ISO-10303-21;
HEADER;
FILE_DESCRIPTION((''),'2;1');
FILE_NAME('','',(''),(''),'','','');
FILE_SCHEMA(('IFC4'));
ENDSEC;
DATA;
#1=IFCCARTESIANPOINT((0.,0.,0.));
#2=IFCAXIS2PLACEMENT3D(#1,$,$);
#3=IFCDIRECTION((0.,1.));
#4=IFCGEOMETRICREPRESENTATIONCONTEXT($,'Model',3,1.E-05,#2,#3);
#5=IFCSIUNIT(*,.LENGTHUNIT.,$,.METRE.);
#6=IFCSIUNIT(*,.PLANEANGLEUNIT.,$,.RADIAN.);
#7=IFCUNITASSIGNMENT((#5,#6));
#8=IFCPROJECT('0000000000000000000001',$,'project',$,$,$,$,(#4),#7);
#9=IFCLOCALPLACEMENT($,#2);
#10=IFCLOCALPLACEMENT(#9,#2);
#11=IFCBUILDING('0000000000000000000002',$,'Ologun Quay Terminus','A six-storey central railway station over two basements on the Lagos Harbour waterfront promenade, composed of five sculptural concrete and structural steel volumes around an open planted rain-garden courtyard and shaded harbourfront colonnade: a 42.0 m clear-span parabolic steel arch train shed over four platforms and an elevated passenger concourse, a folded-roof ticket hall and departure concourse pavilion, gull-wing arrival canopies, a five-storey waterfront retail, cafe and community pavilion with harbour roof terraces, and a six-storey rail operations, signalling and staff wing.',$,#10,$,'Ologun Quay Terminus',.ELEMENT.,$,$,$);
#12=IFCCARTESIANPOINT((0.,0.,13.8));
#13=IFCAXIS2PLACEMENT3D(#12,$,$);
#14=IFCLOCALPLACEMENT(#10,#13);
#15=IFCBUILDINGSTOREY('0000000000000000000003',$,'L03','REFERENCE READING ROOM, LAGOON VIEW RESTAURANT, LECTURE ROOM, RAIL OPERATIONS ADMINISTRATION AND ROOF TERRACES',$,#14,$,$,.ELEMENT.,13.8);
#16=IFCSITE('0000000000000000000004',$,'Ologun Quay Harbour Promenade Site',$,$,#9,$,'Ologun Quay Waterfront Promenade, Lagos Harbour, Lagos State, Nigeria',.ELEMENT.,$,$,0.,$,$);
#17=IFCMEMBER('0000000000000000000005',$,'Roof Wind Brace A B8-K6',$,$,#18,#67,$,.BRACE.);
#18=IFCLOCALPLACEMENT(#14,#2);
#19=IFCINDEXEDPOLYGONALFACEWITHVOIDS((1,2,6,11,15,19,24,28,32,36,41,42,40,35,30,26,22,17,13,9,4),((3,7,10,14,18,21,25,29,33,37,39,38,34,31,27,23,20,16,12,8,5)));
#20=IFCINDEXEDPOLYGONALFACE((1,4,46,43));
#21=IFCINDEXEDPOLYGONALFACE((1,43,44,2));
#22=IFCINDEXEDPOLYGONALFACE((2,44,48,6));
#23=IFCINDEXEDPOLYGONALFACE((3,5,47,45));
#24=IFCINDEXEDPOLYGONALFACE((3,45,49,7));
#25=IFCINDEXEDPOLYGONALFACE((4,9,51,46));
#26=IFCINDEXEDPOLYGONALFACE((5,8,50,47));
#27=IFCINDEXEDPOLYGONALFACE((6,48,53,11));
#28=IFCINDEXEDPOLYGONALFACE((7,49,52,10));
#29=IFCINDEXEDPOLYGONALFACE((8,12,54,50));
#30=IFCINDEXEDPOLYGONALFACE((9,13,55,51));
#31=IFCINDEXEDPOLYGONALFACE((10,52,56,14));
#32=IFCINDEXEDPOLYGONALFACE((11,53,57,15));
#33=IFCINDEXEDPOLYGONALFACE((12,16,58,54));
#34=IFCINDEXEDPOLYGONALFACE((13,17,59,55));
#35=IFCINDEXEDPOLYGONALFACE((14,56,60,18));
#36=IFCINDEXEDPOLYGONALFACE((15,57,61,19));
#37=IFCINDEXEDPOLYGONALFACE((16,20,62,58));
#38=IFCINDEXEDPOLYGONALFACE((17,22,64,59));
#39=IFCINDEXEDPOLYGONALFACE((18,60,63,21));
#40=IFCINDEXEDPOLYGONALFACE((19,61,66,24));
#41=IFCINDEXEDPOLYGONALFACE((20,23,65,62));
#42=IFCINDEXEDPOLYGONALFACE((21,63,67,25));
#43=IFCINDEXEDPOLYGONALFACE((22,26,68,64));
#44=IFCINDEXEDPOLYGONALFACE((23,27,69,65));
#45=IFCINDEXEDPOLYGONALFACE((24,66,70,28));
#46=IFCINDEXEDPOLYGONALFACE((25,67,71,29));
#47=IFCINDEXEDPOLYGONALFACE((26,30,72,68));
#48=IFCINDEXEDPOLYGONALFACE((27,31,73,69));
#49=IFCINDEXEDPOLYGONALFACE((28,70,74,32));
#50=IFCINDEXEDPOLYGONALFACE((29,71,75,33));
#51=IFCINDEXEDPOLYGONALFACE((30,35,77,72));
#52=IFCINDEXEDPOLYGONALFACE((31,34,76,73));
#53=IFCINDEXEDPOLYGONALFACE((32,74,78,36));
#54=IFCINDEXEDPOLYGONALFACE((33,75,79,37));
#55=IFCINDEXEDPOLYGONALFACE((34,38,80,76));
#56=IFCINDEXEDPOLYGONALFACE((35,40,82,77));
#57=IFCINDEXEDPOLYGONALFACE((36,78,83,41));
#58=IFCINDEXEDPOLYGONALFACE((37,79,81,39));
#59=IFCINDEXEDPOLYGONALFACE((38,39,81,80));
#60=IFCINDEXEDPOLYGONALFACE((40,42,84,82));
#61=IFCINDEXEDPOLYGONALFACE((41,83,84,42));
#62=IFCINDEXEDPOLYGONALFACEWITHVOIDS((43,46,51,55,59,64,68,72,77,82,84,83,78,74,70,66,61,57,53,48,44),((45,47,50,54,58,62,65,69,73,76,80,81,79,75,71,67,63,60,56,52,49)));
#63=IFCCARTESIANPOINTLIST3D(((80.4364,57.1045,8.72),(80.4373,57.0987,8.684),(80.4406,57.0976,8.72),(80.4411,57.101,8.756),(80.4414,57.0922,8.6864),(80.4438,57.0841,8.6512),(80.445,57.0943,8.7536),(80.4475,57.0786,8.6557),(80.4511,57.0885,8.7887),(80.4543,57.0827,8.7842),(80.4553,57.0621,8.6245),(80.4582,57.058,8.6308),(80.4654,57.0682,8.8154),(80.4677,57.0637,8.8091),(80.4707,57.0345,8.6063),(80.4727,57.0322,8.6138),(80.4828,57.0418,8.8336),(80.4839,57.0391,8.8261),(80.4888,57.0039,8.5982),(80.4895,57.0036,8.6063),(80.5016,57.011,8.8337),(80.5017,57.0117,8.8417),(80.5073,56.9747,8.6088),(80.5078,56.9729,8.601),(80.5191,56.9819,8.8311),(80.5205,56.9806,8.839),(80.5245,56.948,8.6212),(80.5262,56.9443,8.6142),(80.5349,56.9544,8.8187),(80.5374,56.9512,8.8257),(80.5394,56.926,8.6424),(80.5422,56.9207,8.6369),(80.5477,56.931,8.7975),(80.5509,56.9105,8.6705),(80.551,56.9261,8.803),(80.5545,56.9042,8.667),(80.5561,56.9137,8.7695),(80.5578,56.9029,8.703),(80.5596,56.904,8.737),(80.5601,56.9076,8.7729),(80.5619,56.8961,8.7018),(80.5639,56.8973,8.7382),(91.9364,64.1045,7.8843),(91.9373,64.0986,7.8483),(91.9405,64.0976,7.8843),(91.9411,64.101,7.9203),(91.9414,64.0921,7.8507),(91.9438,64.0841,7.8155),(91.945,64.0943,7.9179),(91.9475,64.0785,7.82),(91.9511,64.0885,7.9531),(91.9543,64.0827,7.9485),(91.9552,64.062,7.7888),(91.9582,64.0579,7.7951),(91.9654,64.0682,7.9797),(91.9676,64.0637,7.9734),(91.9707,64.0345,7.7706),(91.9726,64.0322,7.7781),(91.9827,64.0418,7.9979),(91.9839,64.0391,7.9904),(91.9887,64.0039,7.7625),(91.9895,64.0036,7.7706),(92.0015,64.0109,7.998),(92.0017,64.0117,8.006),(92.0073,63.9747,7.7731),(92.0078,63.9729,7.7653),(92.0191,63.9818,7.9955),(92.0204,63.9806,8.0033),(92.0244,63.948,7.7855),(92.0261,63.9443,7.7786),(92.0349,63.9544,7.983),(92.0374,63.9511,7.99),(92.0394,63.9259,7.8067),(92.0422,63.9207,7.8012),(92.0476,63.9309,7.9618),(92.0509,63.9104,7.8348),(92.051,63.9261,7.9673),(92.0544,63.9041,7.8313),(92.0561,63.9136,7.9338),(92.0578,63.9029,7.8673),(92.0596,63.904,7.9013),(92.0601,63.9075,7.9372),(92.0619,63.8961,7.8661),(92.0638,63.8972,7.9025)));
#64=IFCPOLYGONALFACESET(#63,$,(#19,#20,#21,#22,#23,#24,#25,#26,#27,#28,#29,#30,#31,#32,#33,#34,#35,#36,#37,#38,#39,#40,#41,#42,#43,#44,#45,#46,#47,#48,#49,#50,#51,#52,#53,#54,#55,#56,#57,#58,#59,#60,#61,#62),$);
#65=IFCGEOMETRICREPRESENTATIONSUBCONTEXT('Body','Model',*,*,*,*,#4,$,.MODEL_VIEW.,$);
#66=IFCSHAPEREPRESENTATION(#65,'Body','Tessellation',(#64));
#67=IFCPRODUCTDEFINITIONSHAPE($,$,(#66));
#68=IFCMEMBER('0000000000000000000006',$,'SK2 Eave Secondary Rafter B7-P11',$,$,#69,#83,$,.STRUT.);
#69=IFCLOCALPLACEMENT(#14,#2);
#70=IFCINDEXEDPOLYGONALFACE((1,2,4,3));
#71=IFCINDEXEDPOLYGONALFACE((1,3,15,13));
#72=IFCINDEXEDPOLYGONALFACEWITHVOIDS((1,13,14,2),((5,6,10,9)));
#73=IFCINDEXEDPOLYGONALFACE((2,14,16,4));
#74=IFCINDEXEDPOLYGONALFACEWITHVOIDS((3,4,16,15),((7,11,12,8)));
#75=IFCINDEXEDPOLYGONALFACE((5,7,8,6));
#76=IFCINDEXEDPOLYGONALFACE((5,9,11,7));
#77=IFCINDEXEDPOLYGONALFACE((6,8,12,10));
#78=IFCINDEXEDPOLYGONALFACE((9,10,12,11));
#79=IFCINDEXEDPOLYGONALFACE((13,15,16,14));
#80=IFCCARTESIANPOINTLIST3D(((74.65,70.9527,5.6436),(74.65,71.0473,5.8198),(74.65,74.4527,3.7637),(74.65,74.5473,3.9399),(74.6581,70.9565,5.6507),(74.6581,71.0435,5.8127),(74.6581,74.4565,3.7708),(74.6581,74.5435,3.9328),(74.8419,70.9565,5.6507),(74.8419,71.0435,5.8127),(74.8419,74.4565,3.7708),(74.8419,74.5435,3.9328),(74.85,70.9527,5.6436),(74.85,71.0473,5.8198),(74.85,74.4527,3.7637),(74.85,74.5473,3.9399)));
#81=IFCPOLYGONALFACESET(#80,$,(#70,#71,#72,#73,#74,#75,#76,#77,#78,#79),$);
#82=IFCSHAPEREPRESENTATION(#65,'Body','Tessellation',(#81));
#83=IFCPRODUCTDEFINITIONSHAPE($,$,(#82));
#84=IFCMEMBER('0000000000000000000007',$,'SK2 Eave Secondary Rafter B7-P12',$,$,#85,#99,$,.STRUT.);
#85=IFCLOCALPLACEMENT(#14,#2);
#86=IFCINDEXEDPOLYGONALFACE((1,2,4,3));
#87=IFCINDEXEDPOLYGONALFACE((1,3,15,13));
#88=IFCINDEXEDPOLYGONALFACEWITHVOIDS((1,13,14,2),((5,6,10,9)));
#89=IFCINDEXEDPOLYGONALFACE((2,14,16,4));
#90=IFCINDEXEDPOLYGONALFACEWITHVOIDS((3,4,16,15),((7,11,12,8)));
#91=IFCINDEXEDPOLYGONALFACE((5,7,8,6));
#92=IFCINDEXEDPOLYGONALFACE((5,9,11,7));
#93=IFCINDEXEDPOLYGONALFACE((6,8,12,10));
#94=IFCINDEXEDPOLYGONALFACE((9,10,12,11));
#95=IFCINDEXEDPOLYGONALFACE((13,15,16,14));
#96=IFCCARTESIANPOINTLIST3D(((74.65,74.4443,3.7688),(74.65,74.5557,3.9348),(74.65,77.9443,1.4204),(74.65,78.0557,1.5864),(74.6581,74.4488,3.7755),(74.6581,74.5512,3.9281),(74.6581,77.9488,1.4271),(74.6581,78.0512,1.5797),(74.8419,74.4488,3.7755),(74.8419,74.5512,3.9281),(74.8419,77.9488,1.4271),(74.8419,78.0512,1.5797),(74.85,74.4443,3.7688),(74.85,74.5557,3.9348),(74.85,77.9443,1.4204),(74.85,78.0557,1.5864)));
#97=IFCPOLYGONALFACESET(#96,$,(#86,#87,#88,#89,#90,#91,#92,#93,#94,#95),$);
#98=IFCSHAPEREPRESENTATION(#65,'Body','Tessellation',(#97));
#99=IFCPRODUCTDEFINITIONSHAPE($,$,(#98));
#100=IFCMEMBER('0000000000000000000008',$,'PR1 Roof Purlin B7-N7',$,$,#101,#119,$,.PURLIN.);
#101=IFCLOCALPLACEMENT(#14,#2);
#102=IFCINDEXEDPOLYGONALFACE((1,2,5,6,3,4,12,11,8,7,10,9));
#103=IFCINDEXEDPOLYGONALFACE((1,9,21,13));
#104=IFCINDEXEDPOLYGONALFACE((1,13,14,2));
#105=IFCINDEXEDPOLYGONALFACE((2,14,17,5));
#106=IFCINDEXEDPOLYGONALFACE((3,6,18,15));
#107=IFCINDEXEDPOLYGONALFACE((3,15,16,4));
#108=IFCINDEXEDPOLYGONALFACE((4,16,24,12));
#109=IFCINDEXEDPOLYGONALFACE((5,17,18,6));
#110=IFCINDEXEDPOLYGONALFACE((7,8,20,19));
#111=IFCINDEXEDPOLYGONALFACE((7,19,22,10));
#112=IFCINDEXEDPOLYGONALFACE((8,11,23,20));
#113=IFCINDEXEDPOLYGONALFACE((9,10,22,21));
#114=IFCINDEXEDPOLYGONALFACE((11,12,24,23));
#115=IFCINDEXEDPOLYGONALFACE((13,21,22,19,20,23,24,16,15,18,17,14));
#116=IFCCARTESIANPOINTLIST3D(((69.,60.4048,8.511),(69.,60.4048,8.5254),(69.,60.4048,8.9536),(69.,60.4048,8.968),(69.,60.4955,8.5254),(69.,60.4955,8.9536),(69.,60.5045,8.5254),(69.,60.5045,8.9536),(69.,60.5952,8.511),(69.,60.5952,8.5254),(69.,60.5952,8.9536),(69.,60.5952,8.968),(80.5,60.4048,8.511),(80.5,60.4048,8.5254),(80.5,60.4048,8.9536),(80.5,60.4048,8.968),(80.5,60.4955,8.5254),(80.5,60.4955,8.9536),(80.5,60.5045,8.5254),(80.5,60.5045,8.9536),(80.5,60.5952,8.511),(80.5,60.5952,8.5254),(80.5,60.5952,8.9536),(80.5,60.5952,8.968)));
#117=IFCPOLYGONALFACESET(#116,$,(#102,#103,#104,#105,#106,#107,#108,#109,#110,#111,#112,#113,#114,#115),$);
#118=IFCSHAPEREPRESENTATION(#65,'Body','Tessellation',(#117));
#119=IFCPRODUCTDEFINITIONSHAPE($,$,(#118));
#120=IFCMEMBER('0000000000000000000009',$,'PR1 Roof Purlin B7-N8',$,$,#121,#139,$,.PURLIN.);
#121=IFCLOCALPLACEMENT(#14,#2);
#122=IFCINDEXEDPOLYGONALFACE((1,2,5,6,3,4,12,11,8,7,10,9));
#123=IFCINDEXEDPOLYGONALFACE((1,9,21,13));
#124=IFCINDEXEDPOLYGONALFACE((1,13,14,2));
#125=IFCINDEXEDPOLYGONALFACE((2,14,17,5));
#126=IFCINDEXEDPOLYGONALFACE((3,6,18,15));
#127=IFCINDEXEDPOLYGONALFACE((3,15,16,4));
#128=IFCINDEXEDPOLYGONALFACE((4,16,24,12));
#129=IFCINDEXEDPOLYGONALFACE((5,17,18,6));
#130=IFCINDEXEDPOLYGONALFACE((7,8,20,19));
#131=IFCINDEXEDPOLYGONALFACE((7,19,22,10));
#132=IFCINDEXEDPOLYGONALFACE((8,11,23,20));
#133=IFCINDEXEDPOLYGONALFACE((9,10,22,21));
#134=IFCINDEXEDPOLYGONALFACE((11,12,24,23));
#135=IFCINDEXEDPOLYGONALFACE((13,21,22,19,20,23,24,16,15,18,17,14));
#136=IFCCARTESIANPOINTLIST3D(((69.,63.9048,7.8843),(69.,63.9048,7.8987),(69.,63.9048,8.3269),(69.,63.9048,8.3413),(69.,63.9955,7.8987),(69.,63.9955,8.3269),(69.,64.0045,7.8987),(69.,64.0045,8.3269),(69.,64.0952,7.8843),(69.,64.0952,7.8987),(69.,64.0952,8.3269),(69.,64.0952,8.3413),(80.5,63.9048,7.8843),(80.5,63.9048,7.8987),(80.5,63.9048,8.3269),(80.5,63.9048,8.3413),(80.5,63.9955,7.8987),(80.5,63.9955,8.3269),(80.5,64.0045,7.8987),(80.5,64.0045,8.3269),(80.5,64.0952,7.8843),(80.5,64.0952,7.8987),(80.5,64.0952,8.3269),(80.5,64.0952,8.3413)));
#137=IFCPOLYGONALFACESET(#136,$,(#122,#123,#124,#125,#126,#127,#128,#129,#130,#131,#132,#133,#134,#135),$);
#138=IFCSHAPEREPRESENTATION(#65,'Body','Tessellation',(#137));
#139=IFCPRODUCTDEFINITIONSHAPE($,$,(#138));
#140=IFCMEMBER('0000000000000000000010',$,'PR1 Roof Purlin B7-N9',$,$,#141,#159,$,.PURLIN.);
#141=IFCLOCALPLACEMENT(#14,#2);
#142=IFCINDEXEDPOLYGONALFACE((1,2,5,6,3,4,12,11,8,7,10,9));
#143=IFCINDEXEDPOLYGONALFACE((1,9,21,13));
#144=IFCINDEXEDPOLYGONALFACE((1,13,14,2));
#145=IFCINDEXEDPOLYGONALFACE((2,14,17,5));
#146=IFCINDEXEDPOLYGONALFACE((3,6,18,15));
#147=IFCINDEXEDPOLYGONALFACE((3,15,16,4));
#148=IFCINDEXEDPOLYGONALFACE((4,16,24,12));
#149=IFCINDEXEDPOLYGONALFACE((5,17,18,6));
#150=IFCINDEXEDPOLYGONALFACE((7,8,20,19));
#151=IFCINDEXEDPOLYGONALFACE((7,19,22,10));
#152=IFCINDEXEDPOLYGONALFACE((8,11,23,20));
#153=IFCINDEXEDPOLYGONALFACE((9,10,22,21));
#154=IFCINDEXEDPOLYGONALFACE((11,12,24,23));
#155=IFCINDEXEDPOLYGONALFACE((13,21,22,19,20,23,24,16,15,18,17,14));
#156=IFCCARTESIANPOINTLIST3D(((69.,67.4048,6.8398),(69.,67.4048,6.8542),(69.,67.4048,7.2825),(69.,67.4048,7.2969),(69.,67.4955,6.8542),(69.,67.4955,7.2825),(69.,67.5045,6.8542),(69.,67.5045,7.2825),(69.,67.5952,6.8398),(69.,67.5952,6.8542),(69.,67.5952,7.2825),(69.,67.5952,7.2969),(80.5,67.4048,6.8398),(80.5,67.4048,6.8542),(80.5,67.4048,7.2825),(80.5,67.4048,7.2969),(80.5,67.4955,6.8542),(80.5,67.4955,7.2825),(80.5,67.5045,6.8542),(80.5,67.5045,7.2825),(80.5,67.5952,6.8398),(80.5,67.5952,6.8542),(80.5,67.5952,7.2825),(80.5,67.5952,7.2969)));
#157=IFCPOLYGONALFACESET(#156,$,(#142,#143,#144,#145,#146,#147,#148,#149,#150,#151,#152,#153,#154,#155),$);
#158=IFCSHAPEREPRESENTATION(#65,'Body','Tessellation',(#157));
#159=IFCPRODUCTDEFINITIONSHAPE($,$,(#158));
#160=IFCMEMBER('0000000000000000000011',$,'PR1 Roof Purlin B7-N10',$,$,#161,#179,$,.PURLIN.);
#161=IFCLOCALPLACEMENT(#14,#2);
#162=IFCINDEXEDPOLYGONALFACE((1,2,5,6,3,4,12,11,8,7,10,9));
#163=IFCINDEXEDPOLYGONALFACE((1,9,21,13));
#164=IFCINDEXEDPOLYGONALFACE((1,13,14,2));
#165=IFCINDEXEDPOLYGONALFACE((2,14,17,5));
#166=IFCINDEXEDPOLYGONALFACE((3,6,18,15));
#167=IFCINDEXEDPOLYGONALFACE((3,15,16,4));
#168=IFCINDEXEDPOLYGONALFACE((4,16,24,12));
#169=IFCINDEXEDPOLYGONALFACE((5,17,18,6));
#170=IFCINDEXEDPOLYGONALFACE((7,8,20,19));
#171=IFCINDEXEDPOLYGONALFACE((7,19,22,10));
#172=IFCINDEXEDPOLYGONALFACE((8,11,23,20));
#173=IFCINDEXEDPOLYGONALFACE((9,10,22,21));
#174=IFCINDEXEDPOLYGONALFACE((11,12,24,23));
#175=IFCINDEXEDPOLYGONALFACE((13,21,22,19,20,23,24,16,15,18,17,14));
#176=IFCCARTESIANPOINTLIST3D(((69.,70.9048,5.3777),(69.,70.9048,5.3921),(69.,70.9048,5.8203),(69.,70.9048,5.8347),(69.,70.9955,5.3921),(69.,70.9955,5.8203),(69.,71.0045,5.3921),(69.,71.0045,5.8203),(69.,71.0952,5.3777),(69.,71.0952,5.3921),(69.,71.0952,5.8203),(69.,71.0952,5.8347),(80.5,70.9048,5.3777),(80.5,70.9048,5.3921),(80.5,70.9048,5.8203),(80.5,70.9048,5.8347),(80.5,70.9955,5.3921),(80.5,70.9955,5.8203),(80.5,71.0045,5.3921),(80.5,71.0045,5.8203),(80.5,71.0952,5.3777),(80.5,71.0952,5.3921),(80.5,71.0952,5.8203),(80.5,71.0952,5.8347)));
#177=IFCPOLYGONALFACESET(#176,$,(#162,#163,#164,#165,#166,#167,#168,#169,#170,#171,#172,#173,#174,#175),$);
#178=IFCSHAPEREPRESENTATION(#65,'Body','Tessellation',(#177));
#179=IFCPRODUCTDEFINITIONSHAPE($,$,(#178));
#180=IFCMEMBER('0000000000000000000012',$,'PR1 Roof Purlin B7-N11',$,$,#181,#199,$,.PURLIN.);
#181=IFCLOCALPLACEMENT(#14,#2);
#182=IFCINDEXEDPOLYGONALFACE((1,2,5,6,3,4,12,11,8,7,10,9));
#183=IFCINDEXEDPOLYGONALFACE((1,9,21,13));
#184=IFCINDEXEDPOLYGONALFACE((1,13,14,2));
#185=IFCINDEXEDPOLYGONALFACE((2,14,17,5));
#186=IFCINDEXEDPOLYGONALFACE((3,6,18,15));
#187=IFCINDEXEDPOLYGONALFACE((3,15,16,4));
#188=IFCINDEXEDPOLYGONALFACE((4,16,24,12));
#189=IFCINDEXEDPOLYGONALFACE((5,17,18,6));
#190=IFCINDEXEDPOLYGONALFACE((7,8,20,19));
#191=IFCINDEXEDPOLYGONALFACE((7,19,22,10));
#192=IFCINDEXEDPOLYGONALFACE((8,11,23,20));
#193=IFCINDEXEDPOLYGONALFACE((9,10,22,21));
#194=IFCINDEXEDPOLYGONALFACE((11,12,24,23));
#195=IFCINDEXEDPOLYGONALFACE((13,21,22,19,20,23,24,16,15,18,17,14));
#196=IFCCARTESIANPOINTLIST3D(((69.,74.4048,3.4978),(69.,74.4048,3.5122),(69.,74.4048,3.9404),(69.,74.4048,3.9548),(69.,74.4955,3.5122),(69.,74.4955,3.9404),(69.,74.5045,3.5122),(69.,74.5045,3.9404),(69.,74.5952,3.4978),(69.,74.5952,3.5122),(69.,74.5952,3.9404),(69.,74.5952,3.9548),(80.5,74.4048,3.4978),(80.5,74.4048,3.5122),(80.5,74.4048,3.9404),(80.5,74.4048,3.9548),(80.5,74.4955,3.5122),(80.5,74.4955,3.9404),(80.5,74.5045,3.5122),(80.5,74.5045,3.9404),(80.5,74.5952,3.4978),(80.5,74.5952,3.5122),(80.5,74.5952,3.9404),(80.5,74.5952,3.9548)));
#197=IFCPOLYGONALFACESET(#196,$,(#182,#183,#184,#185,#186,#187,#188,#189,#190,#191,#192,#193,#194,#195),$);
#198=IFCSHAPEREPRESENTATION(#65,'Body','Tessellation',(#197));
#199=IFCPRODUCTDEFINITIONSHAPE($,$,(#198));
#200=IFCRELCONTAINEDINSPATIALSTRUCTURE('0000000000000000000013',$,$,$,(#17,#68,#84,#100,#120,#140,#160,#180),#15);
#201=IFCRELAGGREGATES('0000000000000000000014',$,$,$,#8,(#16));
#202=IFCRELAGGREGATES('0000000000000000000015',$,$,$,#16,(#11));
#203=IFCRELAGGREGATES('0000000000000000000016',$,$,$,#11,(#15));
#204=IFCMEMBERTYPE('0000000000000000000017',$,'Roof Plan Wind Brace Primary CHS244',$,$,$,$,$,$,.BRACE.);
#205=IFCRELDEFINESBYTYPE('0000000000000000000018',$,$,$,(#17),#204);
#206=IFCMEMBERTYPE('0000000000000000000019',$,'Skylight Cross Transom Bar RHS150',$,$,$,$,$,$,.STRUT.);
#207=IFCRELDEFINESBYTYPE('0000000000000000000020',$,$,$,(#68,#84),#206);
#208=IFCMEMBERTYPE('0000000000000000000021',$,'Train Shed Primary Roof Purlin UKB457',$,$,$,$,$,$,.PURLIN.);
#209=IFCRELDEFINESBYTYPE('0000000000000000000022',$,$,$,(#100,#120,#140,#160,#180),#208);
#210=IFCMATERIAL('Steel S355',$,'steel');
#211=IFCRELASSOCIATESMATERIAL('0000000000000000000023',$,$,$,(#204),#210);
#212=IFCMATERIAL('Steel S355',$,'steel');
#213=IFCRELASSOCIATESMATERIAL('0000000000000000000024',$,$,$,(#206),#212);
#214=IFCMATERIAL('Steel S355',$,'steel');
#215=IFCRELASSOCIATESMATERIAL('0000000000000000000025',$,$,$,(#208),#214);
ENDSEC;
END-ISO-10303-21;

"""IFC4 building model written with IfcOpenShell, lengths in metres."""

from ifc_helpers import new_model, si_unit, direction, frame, origin, origin_2d, place, context, subcontext, project, spatial, hollow_rectangle, hollow_circle, i_section, extrude, material, material_profile, profile_set, type_object, element, save


model = new_model("IFC4")

# Units and contexts
model_context = context("Model", 3, precision=1e-05, world=origin(), true_north=direction((0.0, 1.0)))
body_context = subcontext(model_context, "Body", "Model", "MODEL_VIEW")
ifc_project = project(units=[si_unit("LENGTHUNIT", "METRE"), si_unit("PLANEANGLEUNIT", "RADIAN")], contexts=[model_context])

# Site, building, storey
site_placement = place(None, origin())
site = spatial("IfcSite", under=ifc_project, at=site_placement, Name="Ologun Quay Harbour Promenade Site", LongName="Ologun Quay Waterfront Promenade, Lagos Harbour, Lagos State, Nigeria", CompositionType="ELEMENT", RefElevation=0.0)
building_placement = place(site_placement, origin())
building = spatial("IfcBuilding", under=site, at=building_placement, Name="Ologun Quay Terminus", Description="A six-storey central railway station over two basements on the Lagos Harbour waterfront promenade, composed of five sculptural concrete and structural steel volumes around an open planted rain-garden courtyard and shaded harbourfront colonnade: a 42.0 m clear-span parabolic steel arch train shed over four platforms and an elevated passenger concourse, a folded-roof ticket hall and departure concourse pavilion, gull-wing arrival canopies, a five-storey waterfront retail, cafe and community pavilion with harbour roof terraces, and a six-storey rail operations, signalling and staff wing.", LongName="Ologun Quay Terminus", CompositionType="ELEMENT")
storey_placement = place(building_placement, frame((0.0, 0.0, 13.8)))
storey = spatial("IfcBuildingStorey", under=building, at=storey_placement, Name="L03", Description="REFERENCE READING ROOM, LAGOON VIEW RESTAURANT, LECTURE ROOM, RAIL OPERATIONS ADMINISTRATION AND ROOF TERRACES", CompositionType="ELEMENT", Elevation=13.8)

# Members
ifc_material_1 = material(Name="Steel S355", Category="steel")
ifc_material_profile_1 = material_profile(ifc_material_1, hollow_circle(Radius=0.1223, WallThickness=0.0081, at=origin_2d()), Name="CHS 244.5x8")
ifc_profile_set_1 = profile_set([ifc_material_profile_1], Name="Steel S355")
member_type_1 = type_object("IfcMemberType", Name="Roof Plan Wind Brace Primary CHS244", PredefinedType="BRACE", material=ifc_profile_set_1)
member_1_placement = place(storey_placement, frame((80.5, 57.0, 8.72), z_axis=(0.852558, 0.518948, -0.061954), x_axis=(-0.519947, 0.854199, 0.0)))
element("IfcMember", 1, at=member_1_placement, inside=storey, type_object=member_type_1, Name="Roof Wind Brace A B8-K6", PredefinedType="BRACE", context=body_context, shape_type="SweptSolid", body=[
    extrude(hollow_circle(Radius=0.1223, WallThickness=0.0081, at=origin_2d()), origin(), (0.0, 0.0, 1.0), 13.4888),
])
ifc_material_2 = material(Name="Steel S355", Category="steel")
ifc_material_profile_2 = material_profile(ifc_material_2, hollow_rectangle(XDim=0.2, YDim=0.2, WallThickness=0.0081, at=origin_2d()), Name="SHS 200x200x8")
ifc_profile_set_2 = profile_set([ifc_material_profile_2], Name="Steel S355")
member_type_2 = type_object("IfcMemberType", Name="Skylight Cross Transom Bar RHS150", PredefinedType="STRUT", material=ifc_profile_set_2)
member_2_placement = place(storey_placement, frame((74.75, 71.0, 5.7317), z_axis=(0.0, 0.880968, -0.473176), x_axis=(-1.0, 0.0, 0.0)))
element("IfcMember", 2, at=member_2_placement, inside=storey, type_object=member_type_2, Name="SK2 Eave Secondary Rafter B7-P11", PredefinedType="STRUT", context=body_context, shape_type="SweptSolid", body=[
    extrude(hollow_rectangle(XDim=0.2, YDim=0.2, WallThickness=0.0081, at=origin_2d()), origin(), (0.0, 0.0, 1.0), 3.9729),
])
member_3_placement = place(storey_placement, frame((74.75, 74.5, 3.8518), z_axis=(0.0, 0.830398, -0.557171), x_axis=(-1.0, 0.0, 0.0)))
element("IfcMember", 3, at=member_3_placement, inside=storey, type_object=member_type_2, Name="SK2 Eave Secondary Rafter B7-P12", PredefinedType="STRUT", context=body_context, shape_type="SweptSolid", body=[
    extrude(hollow_rectangle(XDim=0.2, YDim=0.2, WallThickness=0.0081, at=origin_2d()), origin(), (0.0, 0.0, 1.0), 4.2148),
])
ifc_material_3 = material(Name="Steel S355", Category="steel")
ifc_material_profile_3 = material_profile(ifc_material_3, i_section(OverallWidth=0.1904, OverallDepth=0.457, WebThickness=0.009, FlangeThickness=0.0144, at=origin_2d()), Name="UKB 457x191x74")
ifc_profile_set_3 = profile_set([ifc_material_profile_3], Name="Steel S355")
member_type_3 = type_object("IfcMemberType", Name="Train Shed Primary Roof Purlin UKB457", PredefinedType="PURLIN", material=ifc_profile_set_3)
for number, where, z_axis, x_axis, name in (
    (4, (69.0, 60.5, 8.7395), (1.0, 0.0, 0.0), (0.0, 1.0, 0.0), "PR1 Roof Purlin B7-N7"),
    (5, (69.0, 64.0, 8.1128), (1.0, 0.0, 0.0), (0.0, 1.0, 0.0), "PR1 Roof Purlin B7-N8"),
    (6, (69.0, 67.5, 7.0684), (1.0, 0.0, 0.0), (0.0, 1.0, 0.0), "PR1 Roof Purlin B7-N9"),
    (7, (69.0, 71.0, 5.6062), (1.0, 0.0, 0.0), (0.0, 1.0, 0.0), "PR1 Roof Purlin B7-N10"),
    (8, (69.0, 74.5, 3.7263), (1.0, 0.0, 0.0), (0.0, 1.0, 0.0), "PR1 Roof Purlin B7-N11"),
):
    element("IfcMember", number, at=place(storey_placement, frame(where, z_axis=z_axis, x_axis=x_axis)), inside=storey, type_object=member_type_3, Name=name, PredefinedType="PURLIN", context=body_context, shape_type="SweptSolid", body=[
        extrude(i_section(OverallWidth=0.1904, OverallDepth=0.457, WebThickness=0.009, FlangeThickness=0.0144, at=origin_2d()), origin(), (0.0, 0.0, 1.0), 11.5),
    ])

save(model, "model.ifc")
